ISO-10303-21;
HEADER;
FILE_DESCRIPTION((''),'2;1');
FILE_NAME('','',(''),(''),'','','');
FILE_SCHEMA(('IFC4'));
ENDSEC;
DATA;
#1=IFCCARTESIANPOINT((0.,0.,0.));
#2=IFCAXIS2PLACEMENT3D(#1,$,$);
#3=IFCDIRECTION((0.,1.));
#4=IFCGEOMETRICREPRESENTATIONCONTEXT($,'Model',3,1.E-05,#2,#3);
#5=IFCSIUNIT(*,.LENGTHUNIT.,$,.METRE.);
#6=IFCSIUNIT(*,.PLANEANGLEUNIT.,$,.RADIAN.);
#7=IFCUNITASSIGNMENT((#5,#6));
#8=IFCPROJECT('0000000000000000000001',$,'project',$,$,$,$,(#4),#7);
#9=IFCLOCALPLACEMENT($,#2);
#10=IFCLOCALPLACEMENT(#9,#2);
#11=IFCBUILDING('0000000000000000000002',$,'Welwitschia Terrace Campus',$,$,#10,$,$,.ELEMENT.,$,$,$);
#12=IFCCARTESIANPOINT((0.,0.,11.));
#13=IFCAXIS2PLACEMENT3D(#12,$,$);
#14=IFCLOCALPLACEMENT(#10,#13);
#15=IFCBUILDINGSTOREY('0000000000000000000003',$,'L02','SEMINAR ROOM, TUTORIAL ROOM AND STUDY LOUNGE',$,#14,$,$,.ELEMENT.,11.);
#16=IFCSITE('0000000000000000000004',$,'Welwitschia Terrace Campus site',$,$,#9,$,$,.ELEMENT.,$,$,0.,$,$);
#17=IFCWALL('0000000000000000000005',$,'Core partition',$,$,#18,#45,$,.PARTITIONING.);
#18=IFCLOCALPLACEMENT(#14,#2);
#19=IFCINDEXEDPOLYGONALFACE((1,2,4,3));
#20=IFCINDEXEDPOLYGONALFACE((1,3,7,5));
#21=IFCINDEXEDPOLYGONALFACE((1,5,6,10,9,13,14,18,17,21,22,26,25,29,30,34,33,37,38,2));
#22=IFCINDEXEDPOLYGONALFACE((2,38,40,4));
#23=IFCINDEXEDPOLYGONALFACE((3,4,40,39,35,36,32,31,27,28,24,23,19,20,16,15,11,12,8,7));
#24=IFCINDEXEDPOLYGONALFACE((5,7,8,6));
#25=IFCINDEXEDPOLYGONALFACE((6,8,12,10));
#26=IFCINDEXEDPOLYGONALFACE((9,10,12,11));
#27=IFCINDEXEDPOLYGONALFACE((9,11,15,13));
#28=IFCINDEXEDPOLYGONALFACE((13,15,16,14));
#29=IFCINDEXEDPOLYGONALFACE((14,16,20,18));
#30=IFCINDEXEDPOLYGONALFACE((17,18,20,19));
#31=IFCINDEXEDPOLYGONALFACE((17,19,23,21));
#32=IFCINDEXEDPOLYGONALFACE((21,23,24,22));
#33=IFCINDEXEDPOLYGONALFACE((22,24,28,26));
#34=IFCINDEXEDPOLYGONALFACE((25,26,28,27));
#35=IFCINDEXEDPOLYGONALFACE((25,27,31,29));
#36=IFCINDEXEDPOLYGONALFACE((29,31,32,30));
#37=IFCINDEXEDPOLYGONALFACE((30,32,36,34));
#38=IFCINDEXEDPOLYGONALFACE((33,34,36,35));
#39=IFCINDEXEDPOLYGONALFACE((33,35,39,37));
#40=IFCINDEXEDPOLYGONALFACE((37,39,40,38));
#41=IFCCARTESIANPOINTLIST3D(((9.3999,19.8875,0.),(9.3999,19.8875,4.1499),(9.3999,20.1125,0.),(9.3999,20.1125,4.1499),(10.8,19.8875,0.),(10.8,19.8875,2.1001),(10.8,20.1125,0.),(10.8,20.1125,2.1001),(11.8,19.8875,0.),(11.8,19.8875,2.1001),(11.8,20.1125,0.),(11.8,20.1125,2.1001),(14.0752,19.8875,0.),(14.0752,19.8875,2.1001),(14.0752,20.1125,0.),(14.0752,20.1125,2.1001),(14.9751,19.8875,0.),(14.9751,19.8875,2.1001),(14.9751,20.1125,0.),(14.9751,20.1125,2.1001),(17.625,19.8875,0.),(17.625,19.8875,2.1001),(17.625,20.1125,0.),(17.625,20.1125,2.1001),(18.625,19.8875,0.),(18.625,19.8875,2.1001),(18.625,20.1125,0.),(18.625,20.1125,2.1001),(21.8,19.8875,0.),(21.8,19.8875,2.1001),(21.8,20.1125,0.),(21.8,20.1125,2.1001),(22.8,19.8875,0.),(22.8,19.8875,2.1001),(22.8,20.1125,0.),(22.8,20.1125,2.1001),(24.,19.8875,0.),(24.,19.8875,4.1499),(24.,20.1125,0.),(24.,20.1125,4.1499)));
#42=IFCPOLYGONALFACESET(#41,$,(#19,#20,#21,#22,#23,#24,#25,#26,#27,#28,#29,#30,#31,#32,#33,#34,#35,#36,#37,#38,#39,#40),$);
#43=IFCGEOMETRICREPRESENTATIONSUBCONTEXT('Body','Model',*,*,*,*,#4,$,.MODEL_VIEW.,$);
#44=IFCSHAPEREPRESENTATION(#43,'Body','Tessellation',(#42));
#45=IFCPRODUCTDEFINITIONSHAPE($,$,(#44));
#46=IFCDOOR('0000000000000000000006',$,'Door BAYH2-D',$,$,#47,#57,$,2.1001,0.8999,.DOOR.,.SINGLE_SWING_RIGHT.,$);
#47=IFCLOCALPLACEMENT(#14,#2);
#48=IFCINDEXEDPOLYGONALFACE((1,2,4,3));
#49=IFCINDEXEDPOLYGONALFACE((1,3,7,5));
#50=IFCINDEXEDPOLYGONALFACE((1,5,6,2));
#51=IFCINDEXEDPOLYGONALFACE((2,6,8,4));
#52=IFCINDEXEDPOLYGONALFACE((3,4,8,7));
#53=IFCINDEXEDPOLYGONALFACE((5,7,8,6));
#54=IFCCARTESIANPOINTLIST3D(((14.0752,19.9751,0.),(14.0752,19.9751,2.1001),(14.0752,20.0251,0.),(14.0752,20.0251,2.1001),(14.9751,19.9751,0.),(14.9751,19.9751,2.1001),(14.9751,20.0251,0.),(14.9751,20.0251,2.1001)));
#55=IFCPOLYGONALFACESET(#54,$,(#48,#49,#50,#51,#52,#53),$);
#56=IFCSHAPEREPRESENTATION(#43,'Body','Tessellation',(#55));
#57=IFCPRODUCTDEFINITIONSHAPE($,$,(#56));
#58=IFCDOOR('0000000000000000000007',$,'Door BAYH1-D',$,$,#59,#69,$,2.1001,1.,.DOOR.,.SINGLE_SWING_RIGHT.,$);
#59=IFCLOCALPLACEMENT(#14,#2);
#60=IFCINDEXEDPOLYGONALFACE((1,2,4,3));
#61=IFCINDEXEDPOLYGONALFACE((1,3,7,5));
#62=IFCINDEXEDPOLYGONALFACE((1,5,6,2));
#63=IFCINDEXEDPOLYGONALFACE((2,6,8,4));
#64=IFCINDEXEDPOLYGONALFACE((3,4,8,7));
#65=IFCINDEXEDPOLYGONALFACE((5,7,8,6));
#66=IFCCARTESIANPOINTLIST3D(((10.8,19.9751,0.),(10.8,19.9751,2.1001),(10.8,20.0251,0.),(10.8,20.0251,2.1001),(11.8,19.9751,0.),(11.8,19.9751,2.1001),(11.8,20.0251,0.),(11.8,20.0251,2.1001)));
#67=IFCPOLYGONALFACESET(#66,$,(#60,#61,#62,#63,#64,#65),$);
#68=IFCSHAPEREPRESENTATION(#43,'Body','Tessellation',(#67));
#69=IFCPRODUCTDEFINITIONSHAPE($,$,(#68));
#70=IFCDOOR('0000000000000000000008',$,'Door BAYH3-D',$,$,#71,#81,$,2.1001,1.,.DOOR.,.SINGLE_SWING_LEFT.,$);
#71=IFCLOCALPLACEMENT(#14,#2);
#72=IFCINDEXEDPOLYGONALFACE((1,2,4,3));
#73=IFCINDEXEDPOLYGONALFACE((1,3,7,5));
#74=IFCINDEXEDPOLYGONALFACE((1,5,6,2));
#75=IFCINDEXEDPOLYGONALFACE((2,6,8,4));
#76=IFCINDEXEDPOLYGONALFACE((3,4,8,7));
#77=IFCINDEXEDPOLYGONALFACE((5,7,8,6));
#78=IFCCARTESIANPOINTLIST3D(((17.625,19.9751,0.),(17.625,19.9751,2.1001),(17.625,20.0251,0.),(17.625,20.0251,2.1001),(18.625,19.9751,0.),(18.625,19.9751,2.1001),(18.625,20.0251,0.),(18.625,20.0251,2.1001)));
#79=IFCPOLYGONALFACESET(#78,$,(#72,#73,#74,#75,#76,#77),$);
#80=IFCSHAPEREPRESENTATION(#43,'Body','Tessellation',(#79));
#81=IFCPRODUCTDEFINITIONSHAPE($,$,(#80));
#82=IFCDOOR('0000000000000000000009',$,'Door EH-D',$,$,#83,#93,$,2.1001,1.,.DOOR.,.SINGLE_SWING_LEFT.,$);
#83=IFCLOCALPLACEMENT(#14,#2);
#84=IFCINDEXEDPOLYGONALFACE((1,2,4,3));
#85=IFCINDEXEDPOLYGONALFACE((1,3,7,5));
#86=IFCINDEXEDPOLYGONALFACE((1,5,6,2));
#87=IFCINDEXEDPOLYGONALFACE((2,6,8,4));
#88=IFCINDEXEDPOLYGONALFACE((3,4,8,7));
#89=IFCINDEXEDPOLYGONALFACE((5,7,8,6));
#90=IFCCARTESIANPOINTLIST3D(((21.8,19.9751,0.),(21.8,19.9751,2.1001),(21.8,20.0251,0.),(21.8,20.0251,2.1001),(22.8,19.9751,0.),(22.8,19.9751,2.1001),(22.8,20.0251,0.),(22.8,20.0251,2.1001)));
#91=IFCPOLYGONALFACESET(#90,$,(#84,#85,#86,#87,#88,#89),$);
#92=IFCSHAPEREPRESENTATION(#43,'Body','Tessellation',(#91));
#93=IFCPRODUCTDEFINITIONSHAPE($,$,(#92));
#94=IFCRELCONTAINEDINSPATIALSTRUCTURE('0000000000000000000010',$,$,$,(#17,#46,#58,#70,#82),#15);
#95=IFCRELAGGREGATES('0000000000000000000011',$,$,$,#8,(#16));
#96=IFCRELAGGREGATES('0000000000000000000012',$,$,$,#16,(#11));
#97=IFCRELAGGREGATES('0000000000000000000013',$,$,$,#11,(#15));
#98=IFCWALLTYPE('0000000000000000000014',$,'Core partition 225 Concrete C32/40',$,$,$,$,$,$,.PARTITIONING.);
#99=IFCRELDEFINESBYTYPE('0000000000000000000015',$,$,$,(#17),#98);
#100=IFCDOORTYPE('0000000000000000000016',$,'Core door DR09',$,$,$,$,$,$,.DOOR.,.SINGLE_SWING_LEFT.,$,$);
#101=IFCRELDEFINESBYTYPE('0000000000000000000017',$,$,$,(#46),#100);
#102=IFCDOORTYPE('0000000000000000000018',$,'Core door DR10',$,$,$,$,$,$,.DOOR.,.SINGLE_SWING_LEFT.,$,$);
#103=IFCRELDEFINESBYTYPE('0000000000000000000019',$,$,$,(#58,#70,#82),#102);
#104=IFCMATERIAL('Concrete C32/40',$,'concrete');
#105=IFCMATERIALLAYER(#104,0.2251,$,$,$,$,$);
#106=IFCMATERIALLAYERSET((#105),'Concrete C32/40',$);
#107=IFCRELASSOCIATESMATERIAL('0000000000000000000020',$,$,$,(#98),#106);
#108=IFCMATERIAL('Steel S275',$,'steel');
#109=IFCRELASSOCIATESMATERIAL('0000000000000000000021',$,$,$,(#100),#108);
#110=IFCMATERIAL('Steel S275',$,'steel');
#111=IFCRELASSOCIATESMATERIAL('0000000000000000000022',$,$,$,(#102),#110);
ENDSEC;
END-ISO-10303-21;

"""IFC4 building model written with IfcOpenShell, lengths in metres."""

from ifc_helpers import new_model, si_unit, direction, frame, frame_2d, origin, place, context, subcontext, project, spatial, rectangle, extrude, material, layer, layer_set, type_object, element, fill, save


model = new_model("IFC4")

# Units and contexts
model_context = context("Model", 3, precision=1e-05, world=origin(), true_north=direction((0.0, 1.0)))
body_context = subcontext(model_context, "Body", "Model", "MODEL_VIEW")
ifc_project = project(units=[si_unit("LENGTHUNIT", "METRE"), si_unit("PLANEANGLEUNIT", "RADIAN")], contexts=[model_context])

# Site, building, storey
site_placement = place(None, origin())
site = spatial("IfcSite", under=ifc_project, at=site_placement, Name="Welwitschia Terrace Campus site", CompositionType="ELEMENT", RefElevation=0.0)
building_placement = place(site_placement, origin())
building = spatial("IfcBuilding", under=site, at=building_placement, Name="Welwitschia Terrace Campus", CompositionType="ELEMENT")
storey_placement = place(building_placement, frame((0.0, 0.0, 11.0)))
storey = spatial("IfcBuildingStorey", under=building, at=storey_placement, Name="L02", Description="SEMINAR ROOM, TUTORIAL ROOM AND STUDY LOUNGE", CompositionType="ELEMENT", Elevation=11.0)

# Wall, openings, doors
ifc_material_1 = material(Name="Concrete C32/40", Category="concrete")
ifc_layer_1 = layer(ifc_material_1, 0.2251)
ifc_layer_set_1 = layer_set([ifc_layer_1], Name="Concrete C32/40")
wall_type_1 = type_object("IfcWallType", Name="Core partition 225 Concrete C32/40", PredefinedType="PARTITIONING", material=ifc_layer_set_1)
wall_1_placement = place(storey_placement, frame((24.0, 20.0, 0.0), z_axis=(0.0, 0.0, 1.0), x_axis=(-1.0, 0.0, 0.0)))
wall_1 = element("IfcWall", 1, at=wall_1_placement, inside=storey, type_object=wall_type_1, Name="Core partition", PredefinedType="PARTITIONING", context=body_context, shape_type="SweptSolid", body=[
    extrude(rectangle(XDim=14.6001, YDim=0.2251, at=frame_2d((7.3, 0.0))), origin(), (0.0, 0.0, 1.0), 4.1499),
])
opening_1_placement = place(wall_1_placement, frame((12.2, 0.0, 0.0)))
opening_1 = element("IfcOpeningElement", 2, at=opening_1_placement, cuts=wall_1, PredefinedType="OPENING", context=body_context, shape_type="SweptSolid", body=[
    extrude(rectangle(XDim=1.0, YDim=2.1001, at=frame_2d((0.5, 1.05))), frame((0.0, 0.1226, 0.0), z_axis=(0.0, -1.0, 0.0), x_axis=(1.0, 0.0, 0.0)), (0.0, 0.0, 1.0), 0.2451),
])
opening_2_placement = place(wall_1_placement, frame((9.0249, 0.0, 0.0)))
opening_2 = element("IfcOpeningElement", 3, at=opening_2_placement, cuts=wall_1, PredefinedType="OPENING", context=body_context, shape_type="SweptSolid", body=[
    extrude(rectangle(XDim=0.8999, YDim=2.1001, at=frame_2d((0.45, 1.05))), frame((0.0, 0.1226, 0.0), z_axis=(0.0, -1.0, 0.0), x_axis=(1.0, 0.0, 0.0)), (0.0, 0.0, 1.0), 0.2451),
])
opening_3_placement = place(wall_1_placement, frame((5.375, 0.0, 0.0)))
opening_3 = element("IfcOpeningElement", 4, at=opening_3_placement, cuts=wall_1, PredefinedType="OPENING", context=body_context, shape_type="SweptSolid", body=[
    extrude(rectangle(XDim=1.0, YDim=2.1001, at=frame_2d((0.5, 1.05))), frame((0.0, 0.1226, 0.0), z_axis=(0.0, -1.0, 0.0), x_axis=(1.0, 0.0, 0.0)), (0.0, 0.0, 1.0), 0.2451),
])
opening_4_placement = place(wall_1_placement, frame((1.2, 0.0, 0.0)))
opening_4 = element("IfcOpeningElement", 5, at=opening_4_placement, cuts=wall_1, PredefinedType="OPENING", context=body_context, shape_type="SweptSolid", body=[
    extrude(rectangle(XDim=1.0, YDim=2.1001, at=frame_2d((0.5, 1.05))), frame((0.0, 0.1226, 0.0), z_axis=(0.0, -1.0, 0.0), x_axis=(1.0, 0.0, 0.0)), (0.0, 0.0, 1.0), 0.2451),
])
ifc_material_2 = material(Name="Steel S275", Category="steel")
door_type_1 = type_object("IfcDoorType", Name="Core door DR09", OperationType="SINGLE_SWING_LEFT", PredefinedType="DOOR", material=ifc_material_2)
door_1_placement = place(opening_2_placement, origin())
door_1 = element("IfcDoor", 6, at=door_1_placement, inside=storey, type_object=door_type_1, Name="Door BAYH2-D", OperationType="SINGLE_SWING_RIGHT", OverallHeight=2.1001, OverallWidth=0.8999, PredefinedType="DOOR", context=body_context, shape_type="SweptSolid", body=[
    extrude(rectangle(XDim=0.8999, YDim=2.1001, at=frame_2d((0.45, 1.05))), frame((0.0, 0.0249, 0.0), z_axis=(0.0, -1.0, 0.0), x_axis=(1.0, 0.0, 0.0)), (0.0, 0.0, 1.0), 0.05),
])
fill(opening_2, door_1)
ifc_material_3 = material(Name="Steel S275", Category="steel")
door_type_2 = type_object("IfcDoorType", Name="Core door DR10", OperationType="SINGLE_SWING_LEFT", PredefinedType="DOOR", material=ifc_material_3)
door_2_placement = place(opening_1_placement, origin())
door_2 = element("IfcDoor", 7, at=door_2_placement, inside=storey, type_object=door_type_2, Name="Door BAYH1-D", OperationType="SINGLE_SWING_RIGHT", OverallHeight=2.1001, OverallWidth=1.0, PredefinedType="DOOR", context=body_context, shape_type="SweptSolid", body=[
    extrude(rectangle(XDim=1.0, YDim=2.1001, at=frame_2d((0.5, 1.05))), frame((0.0, 0.0249, 0.0), z_axis=(0.0, -1.0, 0.0), x_axis=(1.0, 0.0, 0.0)), (0.0, 0.0, 1.0), 0.05),
])
fill(opening_1, door_2)
door_3_placement = place(opening_3_placement, origin())
door_3 = element("IfcDoor", 8, at=door_3_placement, inside=storey, type_object=door_type_2, Name="Door BAYH3-D", OperationType="SINGLE_SWING_LEFT", OverallHeight=2.1001, OverallWidth=1.0, PredefinedType="DOOR", context=body_context, shape_type="SweptSolid", body=[
    extrude(rectangle(XDim=1.0, YDim=2.1001, at=frame_2d((0.5, 1.05))), frame((0.0, 0.0249, 0.0), z_axis=(0.0, -1.0, 0.0), x_axis=(1.0, 0.0, 0.0)), (0.0, 0.0, 1.0), 0.05),
])
fill(opening_3, door_3)
door_4_placement = place(opening_4_placement, origin())
door_4 = element("IfcDoor", 9, at=door_4_placement, inside=storey, type_object=door_type_2, Name="Door EH-D", OperationType="SINGLE_SWING_LEFT", OverallHeight=2.1001, OverallWidth=1.0, PredefinedType="DOOR", context=body_context, shape_type="SweptSolid", body=[
    extrude(rectangle(XDim=1.0, YDim=2.1001, at=frame_2d((0.5, 1.05))), frame((0.0, 0.0249, 0.0), z_axis=(0.0, -1.0, 0.0), x_axis=(1.0, 0.0, 0.0)), (0.0, 0.0, 1.0), 0.05),
])
fill(opening_4, door_4)

save(model, "model.ifc")
